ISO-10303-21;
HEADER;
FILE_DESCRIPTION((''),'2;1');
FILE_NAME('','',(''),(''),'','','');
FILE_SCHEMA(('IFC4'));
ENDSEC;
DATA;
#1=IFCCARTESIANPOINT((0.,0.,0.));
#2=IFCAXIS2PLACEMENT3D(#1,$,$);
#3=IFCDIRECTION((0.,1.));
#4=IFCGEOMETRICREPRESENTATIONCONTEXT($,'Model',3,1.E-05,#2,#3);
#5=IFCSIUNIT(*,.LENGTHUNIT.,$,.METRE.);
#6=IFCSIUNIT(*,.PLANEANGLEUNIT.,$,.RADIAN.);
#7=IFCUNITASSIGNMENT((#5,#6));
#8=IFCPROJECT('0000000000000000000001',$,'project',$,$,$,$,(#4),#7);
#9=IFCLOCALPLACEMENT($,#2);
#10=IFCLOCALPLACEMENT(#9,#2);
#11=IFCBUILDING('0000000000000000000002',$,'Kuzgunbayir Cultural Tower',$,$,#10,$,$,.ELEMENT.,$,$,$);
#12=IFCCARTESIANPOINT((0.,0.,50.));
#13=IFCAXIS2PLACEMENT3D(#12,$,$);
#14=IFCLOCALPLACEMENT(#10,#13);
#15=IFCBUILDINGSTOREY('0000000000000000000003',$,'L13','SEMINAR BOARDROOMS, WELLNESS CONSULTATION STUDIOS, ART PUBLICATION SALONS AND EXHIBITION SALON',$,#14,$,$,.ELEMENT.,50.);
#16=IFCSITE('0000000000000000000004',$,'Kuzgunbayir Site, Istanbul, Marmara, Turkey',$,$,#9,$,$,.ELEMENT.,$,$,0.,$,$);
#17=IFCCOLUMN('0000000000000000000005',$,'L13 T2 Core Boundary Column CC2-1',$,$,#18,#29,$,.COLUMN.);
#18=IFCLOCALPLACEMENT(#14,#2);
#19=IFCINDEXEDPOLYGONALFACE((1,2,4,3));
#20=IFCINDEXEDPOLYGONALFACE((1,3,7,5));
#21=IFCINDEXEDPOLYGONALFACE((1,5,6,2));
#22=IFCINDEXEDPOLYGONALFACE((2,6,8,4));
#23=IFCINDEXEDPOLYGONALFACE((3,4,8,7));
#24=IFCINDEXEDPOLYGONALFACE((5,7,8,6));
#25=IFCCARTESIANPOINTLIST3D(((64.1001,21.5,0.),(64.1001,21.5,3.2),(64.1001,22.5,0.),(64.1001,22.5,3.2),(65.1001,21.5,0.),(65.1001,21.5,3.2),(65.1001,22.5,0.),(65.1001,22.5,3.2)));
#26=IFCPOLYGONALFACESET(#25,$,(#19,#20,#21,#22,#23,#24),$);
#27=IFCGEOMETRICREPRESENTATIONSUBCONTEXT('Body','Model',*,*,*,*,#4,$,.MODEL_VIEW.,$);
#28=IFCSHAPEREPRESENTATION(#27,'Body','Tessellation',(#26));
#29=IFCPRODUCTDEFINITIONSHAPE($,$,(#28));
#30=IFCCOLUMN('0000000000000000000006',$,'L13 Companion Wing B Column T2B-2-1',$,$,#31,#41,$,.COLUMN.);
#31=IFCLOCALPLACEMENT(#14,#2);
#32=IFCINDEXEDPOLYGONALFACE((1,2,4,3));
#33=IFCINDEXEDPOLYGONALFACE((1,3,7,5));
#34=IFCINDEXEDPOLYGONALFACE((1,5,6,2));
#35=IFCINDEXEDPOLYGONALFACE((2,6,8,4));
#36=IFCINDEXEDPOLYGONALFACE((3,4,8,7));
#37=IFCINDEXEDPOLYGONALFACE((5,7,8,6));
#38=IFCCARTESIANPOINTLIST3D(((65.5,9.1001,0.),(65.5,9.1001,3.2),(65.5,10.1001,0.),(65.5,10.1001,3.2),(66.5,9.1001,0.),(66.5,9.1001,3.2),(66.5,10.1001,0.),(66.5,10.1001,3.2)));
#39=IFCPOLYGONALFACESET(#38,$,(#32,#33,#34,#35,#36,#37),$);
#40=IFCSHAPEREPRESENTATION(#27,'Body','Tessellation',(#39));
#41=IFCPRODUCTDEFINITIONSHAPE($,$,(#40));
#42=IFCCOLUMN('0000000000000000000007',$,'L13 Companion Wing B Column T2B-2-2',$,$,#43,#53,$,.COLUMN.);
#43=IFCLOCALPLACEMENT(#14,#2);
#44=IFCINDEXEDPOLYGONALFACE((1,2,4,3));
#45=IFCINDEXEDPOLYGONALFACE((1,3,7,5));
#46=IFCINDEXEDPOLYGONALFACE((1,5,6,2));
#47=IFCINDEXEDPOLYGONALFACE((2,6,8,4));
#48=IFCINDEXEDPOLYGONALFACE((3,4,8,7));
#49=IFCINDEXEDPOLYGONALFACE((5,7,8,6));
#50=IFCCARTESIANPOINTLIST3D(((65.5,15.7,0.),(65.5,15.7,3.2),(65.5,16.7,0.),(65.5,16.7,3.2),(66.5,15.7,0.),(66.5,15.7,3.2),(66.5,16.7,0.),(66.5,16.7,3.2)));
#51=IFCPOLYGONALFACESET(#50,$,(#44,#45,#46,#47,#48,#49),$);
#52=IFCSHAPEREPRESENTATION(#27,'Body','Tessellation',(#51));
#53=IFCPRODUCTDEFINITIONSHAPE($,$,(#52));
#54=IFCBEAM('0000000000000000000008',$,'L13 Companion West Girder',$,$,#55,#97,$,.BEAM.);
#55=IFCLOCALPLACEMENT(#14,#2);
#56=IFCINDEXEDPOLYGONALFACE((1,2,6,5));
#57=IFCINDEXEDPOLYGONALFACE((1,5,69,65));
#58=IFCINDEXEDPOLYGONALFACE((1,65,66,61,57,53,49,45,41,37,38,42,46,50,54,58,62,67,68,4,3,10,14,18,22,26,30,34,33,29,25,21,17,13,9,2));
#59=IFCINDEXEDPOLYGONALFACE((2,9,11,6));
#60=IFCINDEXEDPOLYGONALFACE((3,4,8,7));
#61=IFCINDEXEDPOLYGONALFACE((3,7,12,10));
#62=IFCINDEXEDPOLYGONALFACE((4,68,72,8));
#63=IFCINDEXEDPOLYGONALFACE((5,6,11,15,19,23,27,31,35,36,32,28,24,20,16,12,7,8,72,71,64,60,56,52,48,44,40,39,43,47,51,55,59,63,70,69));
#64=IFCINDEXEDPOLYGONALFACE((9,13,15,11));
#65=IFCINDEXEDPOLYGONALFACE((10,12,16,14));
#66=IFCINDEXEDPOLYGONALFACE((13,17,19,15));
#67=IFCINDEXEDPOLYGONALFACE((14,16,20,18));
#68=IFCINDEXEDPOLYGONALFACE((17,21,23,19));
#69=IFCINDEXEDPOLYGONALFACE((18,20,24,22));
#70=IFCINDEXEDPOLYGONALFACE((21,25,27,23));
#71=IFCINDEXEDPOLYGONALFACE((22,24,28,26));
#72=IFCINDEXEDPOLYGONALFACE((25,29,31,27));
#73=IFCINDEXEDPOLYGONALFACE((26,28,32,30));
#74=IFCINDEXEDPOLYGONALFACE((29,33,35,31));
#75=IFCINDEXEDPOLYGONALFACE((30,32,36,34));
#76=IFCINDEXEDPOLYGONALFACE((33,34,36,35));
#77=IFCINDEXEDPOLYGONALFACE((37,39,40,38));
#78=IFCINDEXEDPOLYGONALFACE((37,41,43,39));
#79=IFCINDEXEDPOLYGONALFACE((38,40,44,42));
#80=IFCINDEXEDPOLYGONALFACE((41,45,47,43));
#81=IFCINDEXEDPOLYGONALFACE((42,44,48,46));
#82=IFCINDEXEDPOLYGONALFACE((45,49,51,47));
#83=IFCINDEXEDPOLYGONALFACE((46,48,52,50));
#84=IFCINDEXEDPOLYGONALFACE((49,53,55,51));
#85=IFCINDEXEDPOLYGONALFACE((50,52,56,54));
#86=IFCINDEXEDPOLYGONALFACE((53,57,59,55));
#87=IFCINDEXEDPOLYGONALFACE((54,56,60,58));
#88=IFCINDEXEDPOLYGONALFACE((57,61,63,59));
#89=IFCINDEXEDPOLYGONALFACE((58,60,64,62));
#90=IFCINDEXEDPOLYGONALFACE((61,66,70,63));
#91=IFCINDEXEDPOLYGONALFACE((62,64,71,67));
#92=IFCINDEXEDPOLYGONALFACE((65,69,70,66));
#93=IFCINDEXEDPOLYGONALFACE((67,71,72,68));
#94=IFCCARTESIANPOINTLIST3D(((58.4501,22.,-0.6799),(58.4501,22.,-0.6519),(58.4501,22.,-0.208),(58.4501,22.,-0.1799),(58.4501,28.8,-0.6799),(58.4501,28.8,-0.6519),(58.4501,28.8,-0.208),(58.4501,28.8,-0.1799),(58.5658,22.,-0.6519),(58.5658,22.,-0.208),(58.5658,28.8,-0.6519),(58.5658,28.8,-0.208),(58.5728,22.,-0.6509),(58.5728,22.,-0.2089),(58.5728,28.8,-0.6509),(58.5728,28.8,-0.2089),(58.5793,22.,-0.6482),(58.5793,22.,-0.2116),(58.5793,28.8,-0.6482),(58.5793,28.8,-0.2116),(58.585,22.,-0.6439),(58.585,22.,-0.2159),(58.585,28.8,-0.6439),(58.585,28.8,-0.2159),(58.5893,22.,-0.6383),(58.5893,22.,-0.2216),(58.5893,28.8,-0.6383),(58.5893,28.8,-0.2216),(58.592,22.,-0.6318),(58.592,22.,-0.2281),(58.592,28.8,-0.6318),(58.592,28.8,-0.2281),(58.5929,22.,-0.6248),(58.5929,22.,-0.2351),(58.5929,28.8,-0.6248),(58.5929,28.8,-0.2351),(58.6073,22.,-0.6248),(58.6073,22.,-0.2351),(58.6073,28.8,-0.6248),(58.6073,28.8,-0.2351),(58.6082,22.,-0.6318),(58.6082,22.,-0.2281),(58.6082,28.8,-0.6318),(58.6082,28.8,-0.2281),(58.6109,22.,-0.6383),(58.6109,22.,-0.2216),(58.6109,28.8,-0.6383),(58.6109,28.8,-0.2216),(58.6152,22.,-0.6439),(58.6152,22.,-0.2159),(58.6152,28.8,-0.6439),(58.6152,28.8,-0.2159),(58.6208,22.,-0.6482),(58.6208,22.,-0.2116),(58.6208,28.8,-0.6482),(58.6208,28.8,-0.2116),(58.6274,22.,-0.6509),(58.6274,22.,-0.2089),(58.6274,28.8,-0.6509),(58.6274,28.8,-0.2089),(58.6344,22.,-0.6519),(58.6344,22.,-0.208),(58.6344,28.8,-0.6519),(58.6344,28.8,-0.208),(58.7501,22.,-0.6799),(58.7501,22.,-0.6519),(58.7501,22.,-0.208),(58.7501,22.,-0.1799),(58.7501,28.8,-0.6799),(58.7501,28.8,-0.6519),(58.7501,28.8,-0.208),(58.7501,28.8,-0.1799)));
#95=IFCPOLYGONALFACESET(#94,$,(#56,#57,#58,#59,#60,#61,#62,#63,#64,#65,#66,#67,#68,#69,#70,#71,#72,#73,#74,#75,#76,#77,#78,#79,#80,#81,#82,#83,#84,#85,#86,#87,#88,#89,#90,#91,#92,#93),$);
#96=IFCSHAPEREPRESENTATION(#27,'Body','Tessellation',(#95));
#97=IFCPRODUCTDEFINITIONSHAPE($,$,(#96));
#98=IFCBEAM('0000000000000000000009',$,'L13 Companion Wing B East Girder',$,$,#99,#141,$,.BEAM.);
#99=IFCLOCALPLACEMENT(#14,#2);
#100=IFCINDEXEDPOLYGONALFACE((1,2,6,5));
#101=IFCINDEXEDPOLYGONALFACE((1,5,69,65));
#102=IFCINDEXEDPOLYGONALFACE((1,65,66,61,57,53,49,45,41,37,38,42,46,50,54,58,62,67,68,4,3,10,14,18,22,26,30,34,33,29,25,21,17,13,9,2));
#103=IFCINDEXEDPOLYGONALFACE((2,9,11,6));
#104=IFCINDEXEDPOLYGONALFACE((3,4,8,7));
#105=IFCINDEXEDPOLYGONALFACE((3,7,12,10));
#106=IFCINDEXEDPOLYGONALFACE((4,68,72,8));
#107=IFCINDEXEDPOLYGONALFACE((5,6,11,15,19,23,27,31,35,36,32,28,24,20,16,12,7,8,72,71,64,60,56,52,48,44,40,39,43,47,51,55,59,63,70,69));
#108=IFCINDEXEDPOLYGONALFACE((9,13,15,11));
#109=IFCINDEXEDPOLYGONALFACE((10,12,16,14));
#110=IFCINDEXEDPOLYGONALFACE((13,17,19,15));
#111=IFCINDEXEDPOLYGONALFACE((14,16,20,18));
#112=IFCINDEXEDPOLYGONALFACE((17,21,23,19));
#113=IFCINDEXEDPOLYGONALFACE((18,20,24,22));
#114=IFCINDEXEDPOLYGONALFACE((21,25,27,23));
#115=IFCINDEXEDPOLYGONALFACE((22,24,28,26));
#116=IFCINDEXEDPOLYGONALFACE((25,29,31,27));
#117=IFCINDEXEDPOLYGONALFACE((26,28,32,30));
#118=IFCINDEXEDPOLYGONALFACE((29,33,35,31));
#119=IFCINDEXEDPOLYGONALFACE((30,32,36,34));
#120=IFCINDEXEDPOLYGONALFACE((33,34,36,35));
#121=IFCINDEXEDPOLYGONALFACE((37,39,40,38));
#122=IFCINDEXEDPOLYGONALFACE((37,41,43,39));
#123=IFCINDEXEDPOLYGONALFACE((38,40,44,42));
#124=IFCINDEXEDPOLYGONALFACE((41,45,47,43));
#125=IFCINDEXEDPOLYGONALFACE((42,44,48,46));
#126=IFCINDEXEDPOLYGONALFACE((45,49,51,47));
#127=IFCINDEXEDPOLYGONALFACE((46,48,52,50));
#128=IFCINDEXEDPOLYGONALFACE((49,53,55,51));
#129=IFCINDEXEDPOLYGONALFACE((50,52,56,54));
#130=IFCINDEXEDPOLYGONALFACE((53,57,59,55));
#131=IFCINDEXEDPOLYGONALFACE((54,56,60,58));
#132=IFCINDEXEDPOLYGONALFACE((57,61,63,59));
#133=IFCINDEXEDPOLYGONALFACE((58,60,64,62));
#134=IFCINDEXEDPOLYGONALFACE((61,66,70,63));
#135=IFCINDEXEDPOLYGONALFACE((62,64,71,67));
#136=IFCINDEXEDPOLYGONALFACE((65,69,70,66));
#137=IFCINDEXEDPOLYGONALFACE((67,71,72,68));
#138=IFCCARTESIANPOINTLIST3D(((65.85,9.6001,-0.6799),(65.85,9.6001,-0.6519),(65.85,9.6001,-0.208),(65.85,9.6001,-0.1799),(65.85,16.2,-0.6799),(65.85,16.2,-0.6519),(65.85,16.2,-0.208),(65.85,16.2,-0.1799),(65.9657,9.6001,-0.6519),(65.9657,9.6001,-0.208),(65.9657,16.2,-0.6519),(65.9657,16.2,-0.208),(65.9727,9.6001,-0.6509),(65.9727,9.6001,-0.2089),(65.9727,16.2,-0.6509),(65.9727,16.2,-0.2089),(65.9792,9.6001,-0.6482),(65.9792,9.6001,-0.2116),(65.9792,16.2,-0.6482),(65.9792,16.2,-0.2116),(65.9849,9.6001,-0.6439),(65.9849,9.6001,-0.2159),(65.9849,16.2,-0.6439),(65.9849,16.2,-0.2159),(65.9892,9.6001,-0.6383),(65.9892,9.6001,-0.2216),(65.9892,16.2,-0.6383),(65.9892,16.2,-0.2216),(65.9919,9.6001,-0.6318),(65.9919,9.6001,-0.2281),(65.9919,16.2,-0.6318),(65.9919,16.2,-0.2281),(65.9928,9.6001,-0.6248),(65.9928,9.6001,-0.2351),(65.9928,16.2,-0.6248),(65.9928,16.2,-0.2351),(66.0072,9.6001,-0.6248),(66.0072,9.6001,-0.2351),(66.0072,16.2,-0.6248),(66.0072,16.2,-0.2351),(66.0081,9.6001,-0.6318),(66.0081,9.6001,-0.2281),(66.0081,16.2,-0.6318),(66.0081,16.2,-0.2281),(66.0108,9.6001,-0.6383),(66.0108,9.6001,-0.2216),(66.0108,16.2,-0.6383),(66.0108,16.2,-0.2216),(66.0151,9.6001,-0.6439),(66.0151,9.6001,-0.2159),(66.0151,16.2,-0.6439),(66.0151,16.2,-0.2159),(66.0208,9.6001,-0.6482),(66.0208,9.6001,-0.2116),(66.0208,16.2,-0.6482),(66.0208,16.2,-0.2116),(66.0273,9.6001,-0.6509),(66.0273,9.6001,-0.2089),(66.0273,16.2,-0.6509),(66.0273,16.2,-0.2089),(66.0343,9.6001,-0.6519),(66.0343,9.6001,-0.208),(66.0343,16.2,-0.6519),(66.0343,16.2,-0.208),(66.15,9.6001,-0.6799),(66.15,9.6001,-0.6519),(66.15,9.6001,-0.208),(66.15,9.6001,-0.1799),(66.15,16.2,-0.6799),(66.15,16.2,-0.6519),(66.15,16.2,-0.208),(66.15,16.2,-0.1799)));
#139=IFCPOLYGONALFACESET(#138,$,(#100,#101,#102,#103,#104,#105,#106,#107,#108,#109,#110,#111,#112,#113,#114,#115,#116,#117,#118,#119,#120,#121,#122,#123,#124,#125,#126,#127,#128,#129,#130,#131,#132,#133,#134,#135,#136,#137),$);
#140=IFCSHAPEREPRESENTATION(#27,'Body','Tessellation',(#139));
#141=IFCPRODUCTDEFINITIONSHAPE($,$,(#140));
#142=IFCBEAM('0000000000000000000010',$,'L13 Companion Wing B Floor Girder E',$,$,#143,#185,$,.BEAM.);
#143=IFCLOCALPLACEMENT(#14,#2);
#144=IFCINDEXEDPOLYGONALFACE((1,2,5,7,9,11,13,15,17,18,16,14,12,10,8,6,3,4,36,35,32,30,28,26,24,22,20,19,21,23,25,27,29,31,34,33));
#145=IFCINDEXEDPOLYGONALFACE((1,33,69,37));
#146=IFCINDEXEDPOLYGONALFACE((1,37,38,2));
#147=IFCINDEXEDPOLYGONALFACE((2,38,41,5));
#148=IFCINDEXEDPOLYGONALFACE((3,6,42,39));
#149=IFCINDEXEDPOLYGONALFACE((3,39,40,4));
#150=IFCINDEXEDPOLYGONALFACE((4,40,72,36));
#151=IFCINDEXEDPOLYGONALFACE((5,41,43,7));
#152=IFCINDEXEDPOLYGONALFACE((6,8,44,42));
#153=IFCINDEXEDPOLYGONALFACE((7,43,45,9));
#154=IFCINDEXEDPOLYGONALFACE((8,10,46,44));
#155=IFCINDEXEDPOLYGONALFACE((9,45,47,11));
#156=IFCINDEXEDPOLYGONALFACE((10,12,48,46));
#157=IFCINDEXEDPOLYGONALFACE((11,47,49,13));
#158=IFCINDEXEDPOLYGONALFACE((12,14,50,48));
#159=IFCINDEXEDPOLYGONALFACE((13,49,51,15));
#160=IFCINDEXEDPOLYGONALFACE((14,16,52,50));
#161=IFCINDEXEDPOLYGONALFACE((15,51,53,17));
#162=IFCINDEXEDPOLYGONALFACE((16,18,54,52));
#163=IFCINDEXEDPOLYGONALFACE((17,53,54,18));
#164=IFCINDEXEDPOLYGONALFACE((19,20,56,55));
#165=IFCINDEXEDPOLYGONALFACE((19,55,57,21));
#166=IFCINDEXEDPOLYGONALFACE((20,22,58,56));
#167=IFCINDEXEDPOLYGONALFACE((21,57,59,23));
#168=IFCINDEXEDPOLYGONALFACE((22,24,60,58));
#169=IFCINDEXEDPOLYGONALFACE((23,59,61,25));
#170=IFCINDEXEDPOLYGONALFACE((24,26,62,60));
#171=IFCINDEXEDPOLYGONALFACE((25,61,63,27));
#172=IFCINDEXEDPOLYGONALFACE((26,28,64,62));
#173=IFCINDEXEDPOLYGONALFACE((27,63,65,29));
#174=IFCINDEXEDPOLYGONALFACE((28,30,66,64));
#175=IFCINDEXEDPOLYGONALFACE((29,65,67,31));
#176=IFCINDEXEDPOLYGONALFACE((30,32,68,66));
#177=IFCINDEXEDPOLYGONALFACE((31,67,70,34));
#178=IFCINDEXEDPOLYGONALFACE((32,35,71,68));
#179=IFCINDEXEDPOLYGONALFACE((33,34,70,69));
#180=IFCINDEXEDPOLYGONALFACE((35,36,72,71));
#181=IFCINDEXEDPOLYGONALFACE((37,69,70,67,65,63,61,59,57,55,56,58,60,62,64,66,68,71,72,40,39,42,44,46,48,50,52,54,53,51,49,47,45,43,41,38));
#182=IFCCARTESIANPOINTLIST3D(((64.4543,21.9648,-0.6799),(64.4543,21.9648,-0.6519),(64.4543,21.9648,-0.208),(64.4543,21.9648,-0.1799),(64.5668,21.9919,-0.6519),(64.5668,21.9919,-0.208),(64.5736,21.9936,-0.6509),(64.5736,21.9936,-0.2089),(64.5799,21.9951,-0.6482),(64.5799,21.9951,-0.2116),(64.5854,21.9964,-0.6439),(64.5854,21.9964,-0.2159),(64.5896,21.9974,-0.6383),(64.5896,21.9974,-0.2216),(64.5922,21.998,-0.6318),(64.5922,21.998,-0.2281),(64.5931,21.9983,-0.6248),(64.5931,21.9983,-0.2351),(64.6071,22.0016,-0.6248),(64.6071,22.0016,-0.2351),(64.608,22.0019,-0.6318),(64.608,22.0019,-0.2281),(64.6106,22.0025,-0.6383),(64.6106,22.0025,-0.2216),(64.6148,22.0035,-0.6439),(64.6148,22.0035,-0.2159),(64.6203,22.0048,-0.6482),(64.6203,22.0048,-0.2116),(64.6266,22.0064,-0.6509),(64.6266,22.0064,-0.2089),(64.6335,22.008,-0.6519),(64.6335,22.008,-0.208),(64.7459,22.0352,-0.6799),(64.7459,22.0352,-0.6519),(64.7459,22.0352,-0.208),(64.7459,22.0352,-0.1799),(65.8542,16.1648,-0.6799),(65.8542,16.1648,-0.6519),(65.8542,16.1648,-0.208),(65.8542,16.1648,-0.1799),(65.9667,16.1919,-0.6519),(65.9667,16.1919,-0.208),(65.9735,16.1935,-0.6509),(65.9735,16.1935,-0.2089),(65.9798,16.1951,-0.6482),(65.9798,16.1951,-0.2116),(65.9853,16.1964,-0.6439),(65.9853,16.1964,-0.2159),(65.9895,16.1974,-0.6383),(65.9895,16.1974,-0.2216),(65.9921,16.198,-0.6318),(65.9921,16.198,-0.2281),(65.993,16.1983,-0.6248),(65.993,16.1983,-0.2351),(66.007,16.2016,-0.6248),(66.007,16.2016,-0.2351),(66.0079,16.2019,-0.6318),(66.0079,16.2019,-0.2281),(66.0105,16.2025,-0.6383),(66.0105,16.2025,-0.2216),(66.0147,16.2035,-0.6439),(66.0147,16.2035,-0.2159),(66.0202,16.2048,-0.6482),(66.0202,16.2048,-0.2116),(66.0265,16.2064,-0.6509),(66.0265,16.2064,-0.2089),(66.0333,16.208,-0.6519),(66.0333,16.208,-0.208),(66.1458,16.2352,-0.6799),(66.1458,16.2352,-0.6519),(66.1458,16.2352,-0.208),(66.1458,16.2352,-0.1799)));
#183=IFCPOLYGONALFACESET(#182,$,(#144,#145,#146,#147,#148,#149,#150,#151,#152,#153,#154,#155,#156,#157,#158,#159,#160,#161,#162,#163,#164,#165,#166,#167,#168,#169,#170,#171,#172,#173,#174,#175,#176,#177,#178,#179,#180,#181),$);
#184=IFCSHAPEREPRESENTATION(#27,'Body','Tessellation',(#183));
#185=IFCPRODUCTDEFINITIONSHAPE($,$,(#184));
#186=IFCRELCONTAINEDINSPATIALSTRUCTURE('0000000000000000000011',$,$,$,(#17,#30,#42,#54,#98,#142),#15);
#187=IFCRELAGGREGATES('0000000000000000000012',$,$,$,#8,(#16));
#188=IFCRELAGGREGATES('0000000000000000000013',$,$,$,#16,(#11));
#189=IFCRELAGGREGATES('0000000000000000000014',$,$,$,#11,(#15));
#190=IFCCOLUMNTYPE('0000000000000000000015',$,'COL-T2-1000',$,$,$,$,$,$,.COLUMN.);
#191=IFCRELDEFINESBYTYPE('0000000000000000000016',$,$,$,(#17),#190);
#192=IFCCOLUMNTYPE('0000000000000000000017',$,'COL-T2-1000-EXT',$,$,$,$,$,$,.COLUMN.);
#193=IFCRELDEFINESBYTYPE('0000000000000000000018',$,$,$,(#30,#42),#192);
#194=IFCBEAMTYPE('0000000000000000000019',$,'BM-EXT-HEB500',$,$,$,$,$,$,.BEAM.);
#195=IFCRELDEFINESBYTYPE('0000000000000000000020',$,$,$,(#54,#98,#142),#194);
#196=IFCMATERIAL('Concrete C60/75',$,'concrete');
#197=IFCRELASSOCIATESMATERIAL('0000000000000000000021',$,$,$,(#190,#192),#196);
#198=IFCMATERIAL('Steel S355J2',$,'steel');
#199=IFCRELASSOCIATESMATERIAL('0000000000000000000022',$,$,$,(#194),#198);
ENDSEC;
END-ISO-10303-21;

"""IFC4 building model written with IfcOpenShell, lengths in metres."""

from ifc_helpers import new_model, si_unit, direction, frame, origin, origin_2d, place, context, subcontext, project, spatial, rectangle, i_section, extrude, material, material_profile, profile_set, type_object, element, save


model = new_model("IFC4")

# Units and contexts
model_context = context("Model", 3, precision=1e-05, world=origin(), true_north=direction((0.0, 1.0)))
body_context = subcontext(model_context, "Body", "Model", "MODEL_VIEW")
ifc_project = project(units=[si_unit("LENGTHUNIT", "METRE"), si_unit("PLANEANGLEUNIT", "RADIAN")], contexts=[model_context])

# Site, building, storey
site_placement = place(None, origin())
site = spatial("IfcSite", under=ifc_project, at=site_placement, Name="Kuzgunbayir Site, Istanbul, Marmara, Turkey", CompositionType="ELEMENT", RefElevation=0.0)
building_placement = place(site_placement, origin())
building = spatial("IfcBuilding", under=site, at=building_placement, Name="Kuzgunbayir Cultural Tower", CompositionType="ELEMENT")
storey_placement = place(building_placement, frame((0.0, 0.0, 50.0)))
storey = spatial("IfcBuildingStorey", under=building, at=storey_placement, Name="L13", Description="SEMINAR BOARDROOMS, WELLNESS CONSULTATION STUDIOS, ART PUBLICATION SALONS AND EXHIBITION SALON", CompositionType="ELEMENT", Elevation=50.0)

# Columns
ifc_material_1 = material(Name="Concrete C60/75", Category="concrete")
ifc_material_profile_1 = material_profile(ifc_material_1, rectangle(XDim=1.0, YDim=1.0, at=origin_2d()), Name="RC 1000x1000")
ifc_profile_set_1 = profile_set([ifc_material_profile_1], Name="Concrete C60/75")
column_type_1 = type_object("IfcColumnType", Name="COL-T2-1000", PredefinedType="COLUMN", material=ifc_profile_set_1)
column_placement = place(storey_placement, frame((64.6001, 22.0, 0.0), z_axis=(0.0, 0.0, 1.0), x_axis=(1.0, 0.0, 0.0)))
element("IfcColumn", 1, at=column_placement, inside=storey, type_object=column_type_1, Name="L13 T2 Core Boundary Column CC2-1", PredefinedType="COLUMN", context=body_context, shape_type="SweptSolid", body=[
    extrude(rectangle(XDim=1.0, YDim=1.0, at=origin_2d()), origin(), (0.0, 0.0, 1.0), 3.2),
])
ifc_material_profile_2 = material_profile(ifc_material_1, rectangle(XDim=1.0, YDim=1.0, at=origin_2d()), Name="RC 1000x1000")
ifc_profile_set_2 = profile_set([ifc_material_profile_2], Name="Concrete C60/75")
column_type_2 = type_object("IfcColumnType", Name="COL-T2-1000-EXT", PredefinedType="COLUMN", material=ifc_profile_set_2)
for number, where, z_axis, x_axis, name in (
    (2, (66.0, 9.6001, 0.0), (0.0, 0.0, 1.0), (1.0, 0.0, 0.0), "L13 Companion Wing B Column T2B-2-1"),
    (3, (66.0, 16.2, 0.0), (0.0, 0.0, 1.0), (1.0, 0.0, 0.0), "L13 Companion Wing B Column T2B-2-2"),
):
    element("IfcColumn", number, at=place(storey_placement, frame(where, z_axis=z_axis, x_axis=x_axis)), inside=storey, type_object=column_type_2, Name=name, PredefinedType="COLUMN", context=body_context, shape_type="SweptSolid", body=[
        extrude(rectangle(XDim=1.0, YDim=1.0, at=origin_2d()), origin(), (0.0, 0.0, 1.0), 3.2),
    ])

# Beams
ifc_material_2 = material(Name="Steel S355J2", Category="steel")
ifc_material_profile_3 = material_profile(ifc_material_2, i_section(OverallWidth=0.3, OverallDepth=0.5, WebThickness=0.0144, FlangeThickness=0.0281, FilletRadius=0.0271, at=origin_2d()), Name="HEB 500")
ifc_profile_set_3 = profile_set([ifc_material_profile_3], Name="Steel S355J2")
beam_type_1 = type_object("IfcBeamType", Name="BM-EXT-HEB500", PredefinedType="BEAM", material=ifc_profile_set_3)
beam_1_placement = place(storey_placement, frame((58.6001, 22.0, -0.4299), z_axis=(0.0, 1.0, 0.0), x_axis=(-1.0, 0.0, 0.0)))
element("IfcBeam", 4, at=beam_1_placement, inside=storey, type_object=beam_type_1, Name="L13 Companion West Girder", PredefinedType="BEAM", context=body_context, shape_type="SweptSolid", body=[
    extrude(i_section(OverallWidth=0.3, OverallDepth=0.5, WebThickness=0.0144, FlangeThickness=0.0281, FilletRadius=0.0271, at=origin_2d()), origin(), (0.0, 0.0, 1.0), 6.8),
])
beam_2_placement = place(storey_placement, frame((66.0, 9.6001, -0.4299), z_axis=(0.0, 1.0, 0.0), x_axis=(-1.0, 0.0, 0.0)))
element("IfcBeam", 5, at=beam_2_placement, inside=storey, type_object=beam_type_1, Name="L13 Companion Wing B East Girder", PredefinedType="BEAM", context=body_context, shape_type="SweptSolid", body=[
    extrude(i_section(OverallWidth=0.3, OverallDepth=0.5, WebThickness=0.0144, FlangeThickness=0.0281, FilletRadius=0.0271, at=origin_2d()), origin(), (0.0, 0.0, 1.0), 6.5999),
])
beam_3_placement = place(storey_placement, frame((66.0, 16.2, -0.4299), z_axis=(-0.234623, 0.972086, 0.0), x_axis=(-0.972086, -0.234623, 0.0)))
element("IfcBeam", 6, at=beam_3_placement, inside=storey, type_object=beam_type_1, Name="L13 Companion Wing B Floor Girder E", PredefinedType="BEAM", context=body_context, shape_type="SweptSolid", body=[
    extrude(i_section(OverallWidth=0.3, OverallDepth=0.5, WebThickness=0.0144, FlangeThickness=0.0281, FilletRadius=0.0271, at=origin_2d()), origin(), (0.0, 0.0, 1.0), 5.9666),
])

save(model, "model.ifc")
